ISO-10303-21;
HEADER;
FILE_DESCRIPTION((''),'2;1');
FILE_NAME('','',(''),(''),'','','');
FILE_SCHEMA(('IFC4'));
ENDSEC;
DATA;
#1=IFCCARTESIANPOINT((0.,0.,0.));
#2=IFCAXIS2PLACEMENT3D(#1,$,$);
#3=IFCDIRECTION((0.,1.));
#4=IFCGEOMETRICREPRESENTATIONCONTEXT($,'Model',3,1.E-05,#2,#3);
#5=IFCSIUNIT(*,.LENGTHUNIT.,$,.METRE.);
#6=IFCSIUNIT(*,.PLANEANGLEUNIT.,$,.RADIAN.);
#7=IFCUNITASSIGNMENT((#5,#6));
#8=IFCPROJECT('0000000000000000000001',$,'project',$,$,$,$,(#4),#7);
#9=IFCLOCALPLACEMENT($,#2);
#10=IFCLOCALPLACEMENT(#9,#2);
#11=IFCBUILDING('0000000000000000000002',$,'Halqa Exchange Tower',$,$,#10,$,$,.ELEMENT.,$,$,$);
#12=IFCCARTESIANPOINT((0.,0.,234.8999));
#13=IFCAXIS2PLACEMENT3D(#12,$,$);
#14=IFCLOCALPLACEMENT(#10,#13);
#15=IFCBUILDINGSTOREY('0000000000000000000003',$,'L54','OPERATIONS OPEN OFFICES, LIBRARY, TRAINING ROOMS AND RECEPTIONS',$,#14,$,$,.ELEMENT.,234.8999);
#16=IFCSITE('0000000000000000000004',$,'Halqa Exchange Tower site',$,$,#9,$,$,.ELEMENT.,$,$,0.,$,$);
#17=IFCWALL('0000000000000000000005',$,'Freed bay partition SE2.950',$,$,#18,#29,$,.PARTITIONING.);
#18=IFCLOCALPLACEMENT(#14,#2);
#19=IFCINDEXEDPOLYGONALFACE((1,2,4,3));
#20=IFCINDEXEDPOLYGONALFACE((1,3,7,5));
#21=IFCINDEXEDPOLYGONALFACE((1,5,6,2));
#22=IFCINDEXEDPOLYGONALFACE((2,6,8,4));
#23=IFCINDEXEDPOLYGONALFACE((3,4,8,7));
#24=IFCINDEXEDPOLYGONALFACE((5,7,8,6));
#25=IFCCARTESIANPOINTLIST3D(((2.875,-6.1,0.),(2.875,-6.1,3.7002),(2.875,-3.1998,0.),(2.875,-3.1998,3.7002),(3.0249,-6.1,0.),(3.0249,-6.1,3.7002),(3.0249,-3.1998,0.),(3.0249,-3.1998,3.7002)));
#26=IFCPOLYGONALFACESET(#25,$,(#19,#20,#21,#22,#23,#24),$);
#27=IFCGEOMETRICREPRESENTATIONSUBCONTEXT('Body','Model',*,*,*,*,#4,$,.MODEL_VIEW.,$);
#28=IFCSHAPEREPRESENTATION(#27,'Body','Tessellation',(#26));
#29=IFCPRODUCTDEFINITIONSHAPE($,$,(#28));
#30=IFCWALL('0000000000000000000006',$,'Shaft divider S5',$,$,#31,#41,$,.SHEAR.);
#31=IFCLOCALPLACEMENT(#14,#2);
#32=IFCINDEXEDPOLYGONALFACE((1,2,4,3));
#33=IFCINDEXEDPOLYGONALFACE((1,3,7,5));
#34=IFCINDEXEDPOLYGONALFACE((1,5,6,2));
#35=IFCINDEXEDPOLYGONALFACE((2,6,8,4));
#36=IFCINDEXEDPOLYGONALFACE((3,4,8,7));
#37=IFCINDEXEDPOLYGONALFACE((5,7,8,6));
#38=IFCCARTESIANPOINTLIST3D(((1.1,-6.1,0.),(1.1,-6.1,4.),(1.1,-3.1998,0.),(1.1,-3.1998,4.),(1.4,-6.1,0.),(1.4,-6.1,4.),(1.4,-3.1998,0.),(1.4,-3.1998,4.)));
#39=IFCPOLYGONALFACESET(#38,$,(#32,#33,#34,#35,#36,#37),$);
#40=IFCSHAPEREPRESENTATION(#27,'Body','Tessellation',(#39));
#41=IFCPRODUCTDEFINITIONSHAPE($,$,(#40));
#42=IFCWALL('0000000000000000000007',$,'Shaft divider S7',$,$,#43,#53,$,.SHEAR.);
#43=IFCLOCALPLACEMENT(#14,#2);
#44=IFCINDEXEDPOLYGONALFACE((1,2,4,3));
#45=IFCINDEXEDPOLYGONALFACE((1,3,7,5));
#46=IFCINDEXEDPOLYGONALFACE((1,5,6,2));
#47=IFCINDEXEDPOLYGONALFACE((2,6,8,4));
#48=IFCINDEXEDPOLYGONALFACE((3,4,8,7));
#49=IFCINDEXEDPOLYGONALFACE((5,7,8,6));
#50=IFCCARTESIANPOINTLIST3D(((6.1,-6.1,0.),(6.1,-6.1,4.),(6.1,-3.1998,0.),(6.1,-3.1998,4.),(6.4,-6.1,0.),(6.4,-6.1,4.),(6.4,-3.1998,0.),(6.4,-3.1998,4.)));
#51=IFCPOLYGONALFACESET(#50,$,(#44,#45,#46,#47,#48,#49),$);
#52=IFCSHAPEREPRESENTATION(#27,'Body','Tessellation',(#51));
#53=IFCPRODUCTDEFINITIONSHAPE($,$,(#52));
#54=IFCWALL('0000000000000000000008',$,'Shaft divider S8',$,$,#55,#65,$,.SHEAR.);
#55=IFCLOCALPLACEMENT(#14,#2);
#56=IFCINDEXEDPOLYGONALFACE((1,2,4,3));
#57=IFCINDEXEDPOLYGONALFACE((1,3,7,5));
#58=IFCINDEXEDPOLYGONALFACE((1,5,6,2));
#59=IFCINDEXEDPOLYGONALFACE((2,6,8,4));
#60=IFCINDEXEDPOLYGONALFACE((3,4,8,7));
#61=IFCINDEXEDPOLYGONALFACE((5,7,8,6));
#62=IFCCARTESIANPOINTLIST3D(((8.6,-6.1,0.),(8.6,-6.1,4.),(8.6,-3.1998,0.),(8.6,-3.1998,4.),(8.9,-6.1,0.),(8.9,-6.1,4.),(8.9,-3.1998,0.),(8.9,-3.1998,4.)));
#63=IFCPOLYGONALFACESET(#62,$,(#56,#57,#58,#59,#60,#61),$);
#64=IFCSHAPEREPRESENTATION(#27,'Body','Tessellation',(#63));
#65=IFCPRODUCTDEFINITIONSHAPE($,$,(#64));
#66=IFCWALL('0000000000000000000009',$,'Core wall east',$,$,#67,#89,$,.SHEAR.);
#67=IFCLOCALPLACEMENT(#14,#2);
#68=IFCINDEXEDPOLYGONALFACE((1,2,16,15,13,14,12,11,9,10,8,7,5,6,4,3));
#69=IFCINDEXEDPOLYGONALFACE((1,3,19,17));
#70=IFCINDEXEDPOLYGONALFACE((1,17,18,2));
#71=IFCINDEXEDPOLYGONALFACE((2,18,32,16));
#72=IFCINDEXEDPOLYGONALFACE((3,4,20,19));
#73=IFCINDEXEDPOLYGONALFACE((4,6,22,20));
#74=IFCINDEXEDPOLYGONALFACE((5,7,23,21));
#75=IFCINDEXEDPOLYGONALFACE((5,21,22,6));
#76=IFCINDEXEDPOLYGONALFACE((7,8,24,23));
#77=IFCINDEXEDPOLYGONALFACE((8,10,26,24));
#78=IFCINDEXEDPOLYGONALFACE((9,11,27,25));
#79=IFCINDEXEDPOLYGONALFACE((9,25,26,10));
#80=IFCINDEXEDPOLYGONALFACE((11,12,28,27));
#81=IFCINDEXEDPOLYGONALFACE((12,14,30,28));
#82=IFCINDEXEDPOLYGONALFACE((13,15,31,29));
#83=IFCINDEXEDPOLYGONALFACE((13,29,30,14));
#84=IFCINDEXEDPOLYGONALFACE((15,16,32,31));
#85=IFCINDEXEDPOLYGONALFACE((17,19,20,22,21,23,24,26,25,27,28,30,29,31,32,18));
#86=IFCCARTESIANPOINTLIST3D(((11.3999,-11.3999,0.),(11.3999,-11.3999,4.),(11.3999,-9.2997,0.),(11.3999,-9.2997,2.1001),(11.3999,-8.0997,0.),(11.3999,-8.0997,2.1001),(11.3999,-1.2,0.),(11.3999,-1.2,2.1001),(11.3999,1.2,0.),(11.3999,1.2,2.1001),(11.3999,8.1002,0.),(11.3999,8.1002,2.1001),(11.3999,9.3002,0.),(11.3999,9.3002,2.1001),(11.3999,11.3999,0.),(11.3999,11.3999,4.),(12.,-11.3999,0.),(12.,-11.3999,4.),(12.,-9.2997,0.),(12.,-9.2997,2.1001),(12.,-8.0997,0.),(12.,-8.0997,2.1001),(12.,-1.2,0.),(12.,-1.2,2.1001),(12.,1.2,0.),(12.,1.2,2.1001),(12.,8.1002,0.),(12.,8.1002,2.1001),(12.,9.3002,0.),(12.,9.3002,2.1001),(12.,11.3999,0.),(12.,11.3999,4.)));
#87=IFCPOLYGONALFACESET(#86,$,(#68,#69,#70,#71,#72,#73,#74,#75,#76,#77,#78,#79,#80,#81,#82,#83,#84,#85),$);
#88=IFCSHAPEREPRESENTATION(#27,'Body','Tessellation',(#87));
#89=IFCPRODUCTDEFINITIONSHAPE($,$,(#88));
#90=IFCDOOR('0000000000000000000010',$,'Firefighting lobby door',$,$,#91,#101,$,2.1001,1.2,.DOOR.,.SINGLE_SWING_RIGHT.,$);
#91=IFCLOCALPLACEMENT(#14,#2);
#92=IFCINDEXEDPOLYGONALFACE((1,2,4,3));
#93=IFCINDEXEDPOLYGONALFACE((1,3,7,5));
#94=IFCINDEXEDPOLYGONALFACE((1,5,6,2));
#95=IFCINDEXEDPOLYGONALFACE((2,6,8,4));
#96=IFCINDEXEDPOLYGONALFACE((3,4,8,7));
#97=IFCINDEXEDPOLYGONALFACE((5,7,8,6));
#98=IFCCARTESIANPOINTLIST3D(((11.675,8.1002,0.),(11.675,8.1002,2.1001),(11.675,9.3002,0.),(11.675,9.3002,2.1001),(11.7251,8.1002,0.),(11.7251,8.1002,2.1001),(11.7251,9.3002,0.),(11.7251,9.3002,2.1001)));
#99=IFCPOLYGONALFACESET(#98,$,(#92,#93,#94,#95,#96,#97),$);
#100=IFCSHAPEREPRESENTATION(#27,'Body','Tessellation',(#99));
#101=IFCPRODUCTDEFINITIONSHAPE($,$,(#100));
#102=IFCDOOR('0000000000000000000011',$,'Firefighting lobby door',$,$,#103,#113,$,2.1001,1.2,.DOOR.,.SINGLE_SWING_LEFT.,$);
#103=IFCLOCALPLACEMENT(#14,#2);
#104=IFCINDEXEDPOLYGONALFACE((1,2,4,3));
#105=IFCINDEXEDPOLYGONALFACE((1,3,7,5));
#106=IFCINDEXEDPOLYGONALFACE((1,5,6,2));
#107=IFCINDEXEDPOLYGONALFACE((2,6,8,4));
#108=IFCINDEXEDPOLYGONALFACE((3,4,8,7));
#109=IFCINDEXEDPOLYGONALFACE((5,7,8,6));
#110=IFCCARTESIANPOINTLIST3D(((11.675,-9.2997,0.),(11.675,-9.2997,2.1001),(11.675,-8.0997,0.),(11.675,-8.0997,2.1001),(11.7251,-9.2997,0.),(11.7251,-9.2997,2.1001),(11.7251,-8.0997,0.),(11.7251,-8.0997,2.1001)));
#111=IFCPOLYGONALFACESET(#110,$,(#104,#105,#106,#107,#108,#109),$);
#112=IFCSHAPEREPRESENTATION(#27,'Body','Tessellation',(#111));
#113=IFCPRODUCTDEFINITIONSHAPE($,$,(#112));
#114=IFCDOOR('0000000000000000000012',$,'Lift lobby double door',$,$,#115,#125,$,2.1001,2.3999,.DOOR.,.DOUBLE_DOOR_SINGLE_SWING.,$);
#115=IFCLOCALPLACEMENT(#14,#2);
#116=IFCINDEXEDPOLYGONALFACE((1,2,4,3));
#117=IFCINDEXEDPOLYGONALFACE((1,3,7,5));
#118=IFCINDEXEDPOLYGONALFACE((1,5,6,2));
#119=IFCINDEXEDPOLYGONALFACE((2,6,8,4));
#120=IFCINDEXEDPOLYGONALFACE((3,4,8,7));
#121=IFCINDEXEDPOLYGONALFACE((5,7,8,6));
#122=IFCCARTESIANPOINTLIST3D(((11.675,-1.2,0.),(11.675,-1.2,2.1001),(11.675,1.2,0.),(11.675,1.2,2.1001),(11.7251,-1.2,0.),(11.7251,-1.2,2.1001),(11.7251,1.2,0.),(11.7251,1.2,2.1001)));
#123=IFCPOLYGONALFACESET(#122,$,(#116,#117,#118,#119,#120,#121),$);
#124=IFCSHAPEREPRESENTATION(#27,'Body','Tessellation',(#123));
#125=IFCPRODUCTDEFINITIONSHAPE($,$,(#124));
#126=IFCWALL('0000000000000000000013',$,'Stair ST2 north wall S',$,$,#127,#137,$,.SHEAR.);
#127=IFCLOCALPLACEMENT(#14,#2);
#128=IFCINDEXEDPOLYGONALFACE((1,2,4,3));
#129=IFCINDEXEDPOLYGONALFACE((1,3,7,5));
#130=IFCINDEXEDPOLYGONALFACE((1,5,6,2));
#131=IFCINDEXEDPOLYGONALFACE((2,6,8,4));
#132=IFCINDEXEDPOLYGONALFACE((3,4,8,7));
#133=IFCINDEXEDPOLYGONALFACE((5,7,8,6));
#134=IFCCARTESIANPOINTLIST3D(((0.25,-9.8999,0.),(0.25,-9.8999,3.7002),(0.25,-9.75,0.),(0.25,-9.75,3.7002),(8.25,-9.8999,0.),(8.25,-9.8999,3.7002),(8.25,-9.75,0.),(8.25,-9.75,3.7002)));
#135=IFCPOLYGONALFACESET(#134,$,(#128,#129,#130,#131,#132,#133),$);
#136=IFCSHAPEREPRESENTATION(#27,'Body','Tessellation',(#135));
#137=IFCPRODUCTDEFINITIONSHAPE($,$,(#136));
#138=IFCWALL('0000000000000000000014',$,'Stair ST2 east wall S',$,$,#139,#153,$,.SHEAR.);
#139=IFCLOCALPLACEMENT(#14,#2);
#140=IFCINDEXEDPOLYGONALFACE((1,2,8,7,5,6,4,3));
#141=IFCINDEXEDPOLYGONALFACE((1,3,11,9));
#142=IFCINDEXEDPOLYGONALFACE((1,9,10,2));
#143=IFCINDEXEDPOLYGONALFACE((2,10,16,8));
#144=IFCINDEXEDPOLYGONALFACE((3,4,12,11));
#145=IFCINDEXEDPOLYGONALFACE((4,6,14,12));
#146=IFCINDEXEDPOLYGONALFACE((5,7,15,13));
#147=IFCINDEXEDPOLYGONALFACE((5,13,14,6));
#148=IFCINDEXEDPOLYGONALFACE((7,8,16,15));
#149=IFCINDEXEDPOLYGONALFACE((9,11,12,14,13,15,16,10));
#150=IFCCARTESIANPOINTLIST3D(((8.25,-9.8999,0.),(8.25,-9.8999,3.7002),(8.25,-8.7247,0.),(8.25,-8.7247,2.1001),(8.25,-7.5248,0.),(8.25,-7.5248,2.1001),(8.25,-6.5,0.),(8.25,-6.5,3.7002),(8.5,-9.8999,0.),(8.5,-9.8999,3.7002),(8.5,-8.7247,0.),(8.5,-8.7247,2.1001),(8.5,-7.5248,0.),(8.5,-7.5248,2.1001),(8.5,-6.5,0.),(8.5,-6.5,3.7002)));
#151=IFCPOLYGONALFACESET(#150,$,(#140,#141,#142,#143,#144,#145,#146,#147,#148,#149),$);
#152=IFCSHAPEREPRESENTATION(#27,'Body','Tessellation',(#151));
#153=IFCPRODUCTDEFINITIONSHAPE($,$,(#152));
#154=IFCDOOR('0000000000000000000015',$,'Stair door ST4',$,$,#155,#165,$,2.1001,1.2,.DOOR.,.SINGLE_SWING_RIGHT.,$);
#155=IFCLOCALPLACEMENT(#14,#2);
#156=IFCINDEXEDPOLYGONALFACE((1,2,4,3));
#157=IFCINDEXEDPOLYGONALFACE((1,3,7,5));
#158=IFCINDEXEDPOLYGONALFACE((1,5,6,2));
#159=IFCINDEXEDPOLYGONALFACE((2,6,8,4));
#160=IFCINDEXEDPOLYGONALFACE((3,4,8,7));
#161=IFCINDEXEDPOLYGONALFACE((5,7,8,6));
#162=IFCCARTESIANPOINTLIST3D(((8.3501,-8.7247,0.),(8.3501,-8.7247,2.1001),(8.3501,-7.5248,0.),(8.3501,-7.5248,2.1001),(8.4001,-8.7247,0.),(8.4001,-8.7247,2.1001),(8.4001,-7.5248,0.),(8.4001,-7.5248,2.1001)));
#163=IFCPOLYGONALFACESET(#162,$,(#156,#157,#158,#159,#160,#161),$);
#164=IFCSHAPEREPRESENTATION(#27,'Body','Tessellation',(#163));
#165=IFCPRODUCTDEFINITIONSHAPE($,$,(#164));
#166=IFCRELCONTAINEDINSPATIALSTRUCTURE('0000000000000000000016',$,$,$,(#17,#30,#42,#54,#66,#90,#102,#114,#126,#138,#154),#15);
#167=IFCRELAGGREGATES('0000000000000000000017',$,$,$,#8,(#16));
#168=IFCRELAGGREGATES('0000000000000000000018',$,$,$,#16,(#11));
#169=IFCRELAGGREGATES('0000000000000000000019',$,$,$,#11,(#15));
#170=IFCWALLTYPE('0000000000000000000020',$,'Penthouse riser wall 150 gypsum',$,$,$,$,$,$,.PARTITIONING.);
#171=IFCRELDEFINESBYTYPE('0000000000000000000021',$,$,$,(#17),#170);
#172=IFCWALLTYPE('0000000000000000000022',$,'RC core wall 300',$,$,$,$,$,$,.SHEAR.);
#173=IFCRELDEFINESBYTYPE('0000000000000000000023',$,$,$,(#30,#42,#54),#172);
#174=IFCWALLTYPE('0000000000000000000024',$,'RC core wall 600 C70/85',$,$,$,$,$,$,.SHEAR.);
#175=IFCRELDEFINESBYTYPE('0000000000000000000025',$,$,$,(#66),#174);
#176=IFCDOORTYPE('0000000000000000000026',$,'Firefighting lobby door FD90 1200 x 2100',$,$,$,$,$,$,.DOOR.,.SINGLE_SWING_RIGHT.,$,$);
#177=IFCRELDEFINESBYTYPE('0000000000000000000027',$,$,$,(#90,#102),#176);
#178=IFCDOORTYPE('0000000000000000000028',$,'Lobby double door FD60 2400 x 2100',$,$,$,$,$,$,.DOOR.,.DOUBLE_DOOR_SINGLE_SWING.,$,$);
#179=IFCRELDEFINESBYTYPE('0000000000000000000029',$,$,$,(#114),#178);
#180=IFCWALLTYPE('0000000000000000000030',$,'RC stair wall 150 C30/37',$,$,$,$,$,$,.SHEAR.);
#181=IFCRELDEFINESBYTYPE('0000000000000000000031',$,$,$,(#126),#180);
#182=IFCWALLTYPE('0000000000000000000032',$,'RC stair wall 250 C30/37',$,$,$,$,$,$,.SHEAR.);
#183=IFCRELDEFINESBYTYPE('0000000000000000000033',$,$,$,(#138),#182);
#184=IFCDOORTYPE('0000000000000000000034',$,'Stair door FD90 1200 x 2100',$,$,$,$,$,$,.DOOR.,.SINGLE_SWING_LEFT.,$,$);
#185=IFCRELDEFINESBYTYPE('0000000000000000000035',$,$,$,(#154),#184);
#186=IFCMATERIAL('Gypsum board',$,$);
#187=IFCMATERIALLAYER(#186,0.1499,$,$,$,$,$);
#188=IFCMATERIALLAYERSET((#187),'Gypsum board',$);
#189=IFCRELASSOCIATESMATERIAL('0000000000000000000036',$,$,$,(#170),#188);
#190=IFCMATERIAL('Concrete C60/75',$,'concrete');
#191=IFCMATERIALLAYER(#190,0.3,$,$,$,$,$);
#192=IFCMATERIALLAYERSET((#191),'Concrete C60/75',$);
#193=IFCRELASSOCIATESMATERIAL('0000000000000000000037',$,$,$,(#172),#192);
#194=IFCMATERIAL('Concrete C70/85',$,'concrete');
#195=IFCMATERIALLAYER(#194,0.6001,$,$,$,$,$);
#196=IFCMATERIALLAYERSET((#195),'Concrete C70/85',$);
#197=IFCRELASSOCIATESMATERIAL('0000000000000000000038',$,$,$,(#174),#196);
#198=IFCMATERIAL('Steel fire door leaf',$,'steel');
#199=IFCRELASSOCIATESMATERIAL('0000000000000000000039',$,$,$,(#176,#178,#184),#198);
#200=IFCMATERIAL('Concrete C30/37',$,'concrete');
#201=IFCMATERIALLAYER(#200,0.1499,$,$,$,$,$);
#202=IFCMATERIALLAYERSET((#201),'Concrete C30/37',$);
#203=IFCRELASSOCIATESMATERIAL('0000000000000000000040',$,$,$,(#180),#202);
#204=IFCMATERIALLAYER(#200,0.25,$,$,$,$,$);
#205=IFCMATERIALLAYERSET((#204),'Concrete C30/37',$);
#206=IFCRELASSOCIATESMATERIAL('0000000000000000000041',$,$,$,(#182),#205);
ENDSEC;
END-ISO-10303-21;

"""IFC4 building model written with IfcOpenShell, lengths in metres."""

from ifc_helpers import new_model, si_unit, direction, frame, frame_2d, origin, place, context, subcontext, project, spatial, rectangle, extrude, material, layer, layer_set, type_object, element, fill, save


model = new_model("IFC4")

# Units and contexts
model_context = context("Model", 3, precision=1e-05, world=origin(), true_north=direction((0.0, 1.0)))
body_context = subcontext(model_context, "Body", "Model", "MODEL_VIEW")
ifc_project = project(units=[si_unit("LENGTHUNIT", "METRE"), si_unit("PLANEANGLEUNIT", "RADIAN")], contexts=[model_context])

# Site, building, storey
site_placement = place(None, origin())
site = spatial("IfcSite", under=ifc_project, at=site_placement, Name="Halqa Exchange Tower site", CompositionType="ELEMENT", RefElevation=0.0)
building_placement = place(site_placement, origin())
building = spatial("IfcBuilding", under=site, at=building_placement, Name="Halqa Exchange Tower", CompositionType="ELEMENT")
storey_placement = place(building_placement, frame((0.0, 0.0, 234.8999)))
storey = spatial("IfcBuildingStorey", under=building, at=storey_placement, Name="L54", Description="OPERATIONS OPEN OFFICES, LIBRARY, TRAINING ROOMS AND RECEPTIONS", CompositionType="ELEMENT", Elevation=234.8999)

# Walls
ifc_material_1 = material(Name="Gypsum board")
ifc_layer_1 = layer(ifc_material_1, 0.1499)
ifc_layer_set_1 = layer_set([ifc_layer_1], Name="Gypsum board")
wall_type_1 = type_object("IfcWallType", Name="Penthouse riser wall 150 gypsum", PredefinedType="PARTITIONING", material=ifc_layer_set_1)
wall_1_placement = place(storey_placement, frame((2.95, -6.1001, 0.0), z_axis=(0.0, 0.0, 1.0), x_axis=(0.0, 1.0, 0.0)))
element("IfcWall", 1, at=wall_1_placement, inside=storey, type_object=wall_type_1, Name="Freed bay partition SE2.950", PredefinedType="PARTITIONING", context=body_context, shape_type="SweptSolid", body=[
    extrude(rectangle(XDim=2.9001, YDim=0.1499, at=frame_2d((1.4502, 0.0))), origin(), (0.0, 0.0, 1.0), 3.7002),
])
ifc_material_2 = material(Name="Concrete C60/75", Category="concrete")
ifc_layer_2 = layer(ifc_material_2, 0.3)
ifc_layer_set_2 = layer_set([ifc_layer_2], Name="Concrete C60/75")
wall_type_2 = type_object("IfcWallType", Name="RC core wall 300", PredefinedType="SHEAR", material=ifc_layer_set_2)
for number, where, z_axis, x_axis, name in (
    (2, (1.25, -6.1001, 0.0), (0.0, 0.0, 1.0), (0.0, 1.0, 0.0), "Shaft divider S5"),
    (3, (6.25, -6.1001, 0.0), (0.0, 0.0, 1.0), (0.0, 1.0, 0.0), "Shaft divider S7"),
    (4, (8.75, -6.1001, 0.0), (0.0, 0.0, 1.0), (0.0, 1.0, 0.0), "Shaft divider S8"),
):
    element("IfcWall", number, at=place(storey_placement, frame(where, z_axis=z_axis, x_axis=x_axis)), inside=storey, type_object=wall_type_2, Name=name, PredefinedType="SHEAR", context=body_context, shape_type="SweptSolid", body=[
        extrude(rectangle(XDim=2.9001, YDim=0.3, at=frame_2d((1.4502, 0.0))), origin(), (0.0, 0.0, 1.0), 4.0),
    ])

# Wall, openings, doors
ifc_material_3 = material(Name="Concrete C70/85", Category="concrete")
ifc_layer_3 = layer(ifc_material_3, 0.6001)
ifc_layer_set_3 = layer_set([ifc_layer_3], Name="Concrete C70/85")
wall_type_3 = type_object("IfcWallType", Name="RC core wall 600 C70/85", PredefinedType="SHEAR", material=ifc_layer_set_3)
wall_2_placement = place(storey_placement, frame((11.7, -11.3999, 0.0), z_axis=(0.0, 0.0, 1.0), x_axis=(0.0, 1.0, 0.0)))
wall_2 = element("IfcWall", 5, at=wall_2_placement, inside=storey, type_object=wall_type_3, Name="Core wall east", PredefinedType="SHEAR", context=body_context, shape_type="SweptSolid", body=[
    extrude(rectangle(XDim=22.7998, YDim=0.6001, at=frame_2d((11.3999, 0.0))), origin(), (0.0, 0.0, 1.0), 4.0),
])
opening_1_placement = place(wall_2_placement, frame((10.2, 0.0, 0.0)))
opening_1 = element("IfcOpeningElement", 6, at=opening_1_placement, cuts=wall_2, PredefinedType="OPENING", context=body_context, shape_type="SweptSolid", body=[
    extrude(rectangle(XDim=2.3999, YDim=2.1001, at=frame_2d((1.2, 1.05))), frame((0.0, 0.312, 0.0), z_axis=(0.0, -1.0, 0.0), x_axis=(1.0, 0.0, 0.0)), (0.0, 0.0, 1.0), 0.624),
])
opening_2_placement = place(wall_2_placement, frame((19.5, 0.0, 0.0)))
opening_2 = element("IfcOpeningElement", 7, at=opening_2_placement, cuts=wall_2, PredefinedType="OPENING", context=body_context, shape_type="SweptSolid", body=[
    extrude(rectangle(XDim=1.2, YDim=2.1001, at=frame_2d((0.6001, 1.05))), frame((0.0, 0.312, 0.0), z_axis=(0.0, -1.0, 0.0), x_axis=(1.0, 0.0, 0.0)), (0.0, 0.0, 1.0), 0.624),
])
opening_3_placement = place(wall_2_placement, frame((2.1001, 0.0, 0.0)))
opening_3 = element("IfcOpeningElement", 8, at=opening_3_placement, cuts=wall_2, PredefinedType="OPENING", context=body_context, shape_type="SweptSolid", body=[
    extrude(rectangle(XDim=1.2, YDim=2.1001, at=frame_2d((0.6001, 1.05))), frame((0.0, 0.312, 0.0), z_axis=(0.0, -1.0, 0.0), x_axis=(1.0, 0.0, 0.0)), (0.0, 0.0, 1.0), 0.624),
])
ifc_material_4 = material(Name="Steel fire door leaf", Category="steel")
door_type_1 = type_object("IfcDoorType", Name="Firefighting lobby door FD90 1200 x 2100", OperationType="SINGLE_SWING_RIGHT", PredefinedType="DOOR", material=ifc_material_4)
door_1_placement = place(opening_2_placement, origin())
door_1 = element("IfcDoor", 9, at=door_1_placement, inside=storey, type_object=door_type_1, Name="Firefighting lobby door", OperationType="SINGLE_SWING_RIGHT", OverallHeight=2.1001, OverallWidth=1.2, PredefinedType="DOOR", context=body_context, shape_type="SweptSolid", body=[
    extrude(rectangle(XDim=1.2, YDim=2.1001, at=frame_2d((0.6001, 1.05))), frame((0.0, 0.0249, 0.0), z_axis=(0.0, -1.0, 0.0), x_axis=(1.0, 0.0, 0.0)), (0.0, 0.0, 1.0), 0.05),
])
fill(opening_2, door_1)
door_2_placement = place(opening_3_placement, origin())
door_2 = element("IfcDoor", 10, at=door_2_placement, inside=storey, type_object=door_type_1, Name="Firefighting lobby door", OperationType="SINGLE_SWING_LEFT", OverallHeight=2.1001, OverallWidth=1.2, PredefinedType="DOOR", context=body_context, shape_type="SweptSolid", body=[
    extrude(rectangle(XDim=1.2, YDim=2.1001, at=frame_2d((0.6001, 1.05))), frame((0.0, 0.0249, 0.0), z_axis=(0.0, -1.0, 0.0), x_axis=(1.0, 0.0, 0.0)), (0.0, 0.0, 1.0), 0.05),
])
fill(opening_3, door_2)
door_type_2 = type_object("IfcDoorType", Name="Lobby double door FD60 2400 x 2100", OperationType="DOUBLE_DOOR_SINGLE_SWING", PredefinedType="DOOR", material=ifc_material_4)
door_3_placement = place(opening_1_placement, origin())
door_3 = element("IfcDoor", 11, at=door_3_placement, inside=storey, type_object=door_type_2, Name="Lift lobby double door", OperationType="DOUBLE_DOOR_SINGLE_SWING", OverallHeight=2.1001, OverallWidth=2.3999, PredefinedType="DOOR", context=body_context, shape_type="SweptSolid", body=[
    extrude(rectangle(XDim=2.3999, YDim=2.1001, at=frame_2d((1.2, 1.05))), frame((0.0, 0.0249, 0.0), z_axis=(0.0, -1.0, 0.0), x_axis=(1.0, 0.0, 0.0)), (0.0, 0.0, 1.0), 0.05),
])
fill(opening_1, door_3)

# Wall
ifc_material_5 = material(Name="Concrete C30/37", Category="concrete")
ifc_layer_4 = layer(ifc_material_5, 0.1499)
ifc_layer_set_4 = layer_set([ifc_layer_4], Name="Concrete C30/37")
wall_type_4 = type_object("IfcWallType", Name="RC stair wall 150 C30/37", PredefinedType="SHEAR", material=ifc_layer_set_4)
wall_3_placement = place(storey_placement, frame((0.25, -9.825, 0.0), z_axis=(0.0, 0.0, 1.0), x_axis=(1.0, 0.0, 0.0)))
element("IfcWall", 12, at=wall_3_placement, inside=storey, type_object=wall_type_4, Name="Stair ST2 north wall S", PredefinedType="SHEAR", context=body_context, shape_type="SweptSolid", body=[
    extrude(rectangle(XDim=8.0, YDim=0.1499, at=frame_2d((4.0, 0.0))), origin(), (0.0, 0.0, 1.0), 3.7002),
])

# Wall, opening, door
ifc_layer_5 = layer(ifc_material_5, 0.25)
ifc_layer_set_5 = layer_set([ifc_layer_5], Name="Concrete C30/37")
wall_type_5 = type_object("IfcWallType", Name="RC stair wall 250 C30/37", PredefinedType="SHEAR", material=ifc_layer_set_5)
wall_4_placement = place(storey_placement, frame((8.375, -9.8999, 0.0), z_axis=(0.0, 0.0, 1.0), x_axis=(0.0, 1.0, 0.0)))
wall_4 = element("IfcWall", 13, at=wall_4_placement, inside=storey, type_object=wall_type_5, Name="Stair ST2 east wall S", PredefinedType="SHEAR", context=body_context, shape_type="SweptSolid", body=[
    extrude(rectangle(XDim=3.3999, YDim=0.25, at=frame_2d((1.7, 0.0))), origin(), (0.0, 0.0, 1.0), 3.7002),
])
opening_4_placement = place(wall_4_placement, frame((1.175, 0.0, 0.0)))
opening_4 = element("IfcOpeningElement", 14, at=opening_4_placement, cuts=wall_4, PredefinedType="OPENING", context=body_context, shape_type="SweptSolid", body=[
    extrude(rectangle(XDim=1.2, YDim=2.1001, at=frame_2d((0.6001, 1.05))), frame((0.0, 0.137, 0.0), z_axis=(0.0, -1.0, 0.0), x_axis=(1.0, 0.0, 0.0)), (0.0, 0.0, 1.0), 0.2739),
])
door_type_3 = type_object("IfcDoorType", Name="Stair door FD90 1200 x 2100", OperationType="SINGLE_SWING_LEFT", PredefinedType="DOOR", material=ifc_material_4)
door_4_placement = place(opening_4_placement, origin())
door_4 = element("IfcDoor", 15, at=door_4_placement, inside=storey, type_object=door_type_3, Name="Stair door ST4", OperationType="SINGLE_SWING_RIGHT", OverallHeight=2.1001, OverallWidth=1.2, PredefinedType="DOOR", context=body_context, shape_type="SweptSolid", body=[
    extrude(rectangle(XDim=1.2, YDim=2.1001, at=frame_2d((0.6001, 1.05))), frame((0.0, 0.0249, 0.0), z_axis=(0.0, -1.0, 0.0), x_axis=(1.0, 0.0, 0.0)), (0.0, 0.0, 1.0), 0.05),
])
fill(opening_4, door_4)

save(model, "model.ifc")
